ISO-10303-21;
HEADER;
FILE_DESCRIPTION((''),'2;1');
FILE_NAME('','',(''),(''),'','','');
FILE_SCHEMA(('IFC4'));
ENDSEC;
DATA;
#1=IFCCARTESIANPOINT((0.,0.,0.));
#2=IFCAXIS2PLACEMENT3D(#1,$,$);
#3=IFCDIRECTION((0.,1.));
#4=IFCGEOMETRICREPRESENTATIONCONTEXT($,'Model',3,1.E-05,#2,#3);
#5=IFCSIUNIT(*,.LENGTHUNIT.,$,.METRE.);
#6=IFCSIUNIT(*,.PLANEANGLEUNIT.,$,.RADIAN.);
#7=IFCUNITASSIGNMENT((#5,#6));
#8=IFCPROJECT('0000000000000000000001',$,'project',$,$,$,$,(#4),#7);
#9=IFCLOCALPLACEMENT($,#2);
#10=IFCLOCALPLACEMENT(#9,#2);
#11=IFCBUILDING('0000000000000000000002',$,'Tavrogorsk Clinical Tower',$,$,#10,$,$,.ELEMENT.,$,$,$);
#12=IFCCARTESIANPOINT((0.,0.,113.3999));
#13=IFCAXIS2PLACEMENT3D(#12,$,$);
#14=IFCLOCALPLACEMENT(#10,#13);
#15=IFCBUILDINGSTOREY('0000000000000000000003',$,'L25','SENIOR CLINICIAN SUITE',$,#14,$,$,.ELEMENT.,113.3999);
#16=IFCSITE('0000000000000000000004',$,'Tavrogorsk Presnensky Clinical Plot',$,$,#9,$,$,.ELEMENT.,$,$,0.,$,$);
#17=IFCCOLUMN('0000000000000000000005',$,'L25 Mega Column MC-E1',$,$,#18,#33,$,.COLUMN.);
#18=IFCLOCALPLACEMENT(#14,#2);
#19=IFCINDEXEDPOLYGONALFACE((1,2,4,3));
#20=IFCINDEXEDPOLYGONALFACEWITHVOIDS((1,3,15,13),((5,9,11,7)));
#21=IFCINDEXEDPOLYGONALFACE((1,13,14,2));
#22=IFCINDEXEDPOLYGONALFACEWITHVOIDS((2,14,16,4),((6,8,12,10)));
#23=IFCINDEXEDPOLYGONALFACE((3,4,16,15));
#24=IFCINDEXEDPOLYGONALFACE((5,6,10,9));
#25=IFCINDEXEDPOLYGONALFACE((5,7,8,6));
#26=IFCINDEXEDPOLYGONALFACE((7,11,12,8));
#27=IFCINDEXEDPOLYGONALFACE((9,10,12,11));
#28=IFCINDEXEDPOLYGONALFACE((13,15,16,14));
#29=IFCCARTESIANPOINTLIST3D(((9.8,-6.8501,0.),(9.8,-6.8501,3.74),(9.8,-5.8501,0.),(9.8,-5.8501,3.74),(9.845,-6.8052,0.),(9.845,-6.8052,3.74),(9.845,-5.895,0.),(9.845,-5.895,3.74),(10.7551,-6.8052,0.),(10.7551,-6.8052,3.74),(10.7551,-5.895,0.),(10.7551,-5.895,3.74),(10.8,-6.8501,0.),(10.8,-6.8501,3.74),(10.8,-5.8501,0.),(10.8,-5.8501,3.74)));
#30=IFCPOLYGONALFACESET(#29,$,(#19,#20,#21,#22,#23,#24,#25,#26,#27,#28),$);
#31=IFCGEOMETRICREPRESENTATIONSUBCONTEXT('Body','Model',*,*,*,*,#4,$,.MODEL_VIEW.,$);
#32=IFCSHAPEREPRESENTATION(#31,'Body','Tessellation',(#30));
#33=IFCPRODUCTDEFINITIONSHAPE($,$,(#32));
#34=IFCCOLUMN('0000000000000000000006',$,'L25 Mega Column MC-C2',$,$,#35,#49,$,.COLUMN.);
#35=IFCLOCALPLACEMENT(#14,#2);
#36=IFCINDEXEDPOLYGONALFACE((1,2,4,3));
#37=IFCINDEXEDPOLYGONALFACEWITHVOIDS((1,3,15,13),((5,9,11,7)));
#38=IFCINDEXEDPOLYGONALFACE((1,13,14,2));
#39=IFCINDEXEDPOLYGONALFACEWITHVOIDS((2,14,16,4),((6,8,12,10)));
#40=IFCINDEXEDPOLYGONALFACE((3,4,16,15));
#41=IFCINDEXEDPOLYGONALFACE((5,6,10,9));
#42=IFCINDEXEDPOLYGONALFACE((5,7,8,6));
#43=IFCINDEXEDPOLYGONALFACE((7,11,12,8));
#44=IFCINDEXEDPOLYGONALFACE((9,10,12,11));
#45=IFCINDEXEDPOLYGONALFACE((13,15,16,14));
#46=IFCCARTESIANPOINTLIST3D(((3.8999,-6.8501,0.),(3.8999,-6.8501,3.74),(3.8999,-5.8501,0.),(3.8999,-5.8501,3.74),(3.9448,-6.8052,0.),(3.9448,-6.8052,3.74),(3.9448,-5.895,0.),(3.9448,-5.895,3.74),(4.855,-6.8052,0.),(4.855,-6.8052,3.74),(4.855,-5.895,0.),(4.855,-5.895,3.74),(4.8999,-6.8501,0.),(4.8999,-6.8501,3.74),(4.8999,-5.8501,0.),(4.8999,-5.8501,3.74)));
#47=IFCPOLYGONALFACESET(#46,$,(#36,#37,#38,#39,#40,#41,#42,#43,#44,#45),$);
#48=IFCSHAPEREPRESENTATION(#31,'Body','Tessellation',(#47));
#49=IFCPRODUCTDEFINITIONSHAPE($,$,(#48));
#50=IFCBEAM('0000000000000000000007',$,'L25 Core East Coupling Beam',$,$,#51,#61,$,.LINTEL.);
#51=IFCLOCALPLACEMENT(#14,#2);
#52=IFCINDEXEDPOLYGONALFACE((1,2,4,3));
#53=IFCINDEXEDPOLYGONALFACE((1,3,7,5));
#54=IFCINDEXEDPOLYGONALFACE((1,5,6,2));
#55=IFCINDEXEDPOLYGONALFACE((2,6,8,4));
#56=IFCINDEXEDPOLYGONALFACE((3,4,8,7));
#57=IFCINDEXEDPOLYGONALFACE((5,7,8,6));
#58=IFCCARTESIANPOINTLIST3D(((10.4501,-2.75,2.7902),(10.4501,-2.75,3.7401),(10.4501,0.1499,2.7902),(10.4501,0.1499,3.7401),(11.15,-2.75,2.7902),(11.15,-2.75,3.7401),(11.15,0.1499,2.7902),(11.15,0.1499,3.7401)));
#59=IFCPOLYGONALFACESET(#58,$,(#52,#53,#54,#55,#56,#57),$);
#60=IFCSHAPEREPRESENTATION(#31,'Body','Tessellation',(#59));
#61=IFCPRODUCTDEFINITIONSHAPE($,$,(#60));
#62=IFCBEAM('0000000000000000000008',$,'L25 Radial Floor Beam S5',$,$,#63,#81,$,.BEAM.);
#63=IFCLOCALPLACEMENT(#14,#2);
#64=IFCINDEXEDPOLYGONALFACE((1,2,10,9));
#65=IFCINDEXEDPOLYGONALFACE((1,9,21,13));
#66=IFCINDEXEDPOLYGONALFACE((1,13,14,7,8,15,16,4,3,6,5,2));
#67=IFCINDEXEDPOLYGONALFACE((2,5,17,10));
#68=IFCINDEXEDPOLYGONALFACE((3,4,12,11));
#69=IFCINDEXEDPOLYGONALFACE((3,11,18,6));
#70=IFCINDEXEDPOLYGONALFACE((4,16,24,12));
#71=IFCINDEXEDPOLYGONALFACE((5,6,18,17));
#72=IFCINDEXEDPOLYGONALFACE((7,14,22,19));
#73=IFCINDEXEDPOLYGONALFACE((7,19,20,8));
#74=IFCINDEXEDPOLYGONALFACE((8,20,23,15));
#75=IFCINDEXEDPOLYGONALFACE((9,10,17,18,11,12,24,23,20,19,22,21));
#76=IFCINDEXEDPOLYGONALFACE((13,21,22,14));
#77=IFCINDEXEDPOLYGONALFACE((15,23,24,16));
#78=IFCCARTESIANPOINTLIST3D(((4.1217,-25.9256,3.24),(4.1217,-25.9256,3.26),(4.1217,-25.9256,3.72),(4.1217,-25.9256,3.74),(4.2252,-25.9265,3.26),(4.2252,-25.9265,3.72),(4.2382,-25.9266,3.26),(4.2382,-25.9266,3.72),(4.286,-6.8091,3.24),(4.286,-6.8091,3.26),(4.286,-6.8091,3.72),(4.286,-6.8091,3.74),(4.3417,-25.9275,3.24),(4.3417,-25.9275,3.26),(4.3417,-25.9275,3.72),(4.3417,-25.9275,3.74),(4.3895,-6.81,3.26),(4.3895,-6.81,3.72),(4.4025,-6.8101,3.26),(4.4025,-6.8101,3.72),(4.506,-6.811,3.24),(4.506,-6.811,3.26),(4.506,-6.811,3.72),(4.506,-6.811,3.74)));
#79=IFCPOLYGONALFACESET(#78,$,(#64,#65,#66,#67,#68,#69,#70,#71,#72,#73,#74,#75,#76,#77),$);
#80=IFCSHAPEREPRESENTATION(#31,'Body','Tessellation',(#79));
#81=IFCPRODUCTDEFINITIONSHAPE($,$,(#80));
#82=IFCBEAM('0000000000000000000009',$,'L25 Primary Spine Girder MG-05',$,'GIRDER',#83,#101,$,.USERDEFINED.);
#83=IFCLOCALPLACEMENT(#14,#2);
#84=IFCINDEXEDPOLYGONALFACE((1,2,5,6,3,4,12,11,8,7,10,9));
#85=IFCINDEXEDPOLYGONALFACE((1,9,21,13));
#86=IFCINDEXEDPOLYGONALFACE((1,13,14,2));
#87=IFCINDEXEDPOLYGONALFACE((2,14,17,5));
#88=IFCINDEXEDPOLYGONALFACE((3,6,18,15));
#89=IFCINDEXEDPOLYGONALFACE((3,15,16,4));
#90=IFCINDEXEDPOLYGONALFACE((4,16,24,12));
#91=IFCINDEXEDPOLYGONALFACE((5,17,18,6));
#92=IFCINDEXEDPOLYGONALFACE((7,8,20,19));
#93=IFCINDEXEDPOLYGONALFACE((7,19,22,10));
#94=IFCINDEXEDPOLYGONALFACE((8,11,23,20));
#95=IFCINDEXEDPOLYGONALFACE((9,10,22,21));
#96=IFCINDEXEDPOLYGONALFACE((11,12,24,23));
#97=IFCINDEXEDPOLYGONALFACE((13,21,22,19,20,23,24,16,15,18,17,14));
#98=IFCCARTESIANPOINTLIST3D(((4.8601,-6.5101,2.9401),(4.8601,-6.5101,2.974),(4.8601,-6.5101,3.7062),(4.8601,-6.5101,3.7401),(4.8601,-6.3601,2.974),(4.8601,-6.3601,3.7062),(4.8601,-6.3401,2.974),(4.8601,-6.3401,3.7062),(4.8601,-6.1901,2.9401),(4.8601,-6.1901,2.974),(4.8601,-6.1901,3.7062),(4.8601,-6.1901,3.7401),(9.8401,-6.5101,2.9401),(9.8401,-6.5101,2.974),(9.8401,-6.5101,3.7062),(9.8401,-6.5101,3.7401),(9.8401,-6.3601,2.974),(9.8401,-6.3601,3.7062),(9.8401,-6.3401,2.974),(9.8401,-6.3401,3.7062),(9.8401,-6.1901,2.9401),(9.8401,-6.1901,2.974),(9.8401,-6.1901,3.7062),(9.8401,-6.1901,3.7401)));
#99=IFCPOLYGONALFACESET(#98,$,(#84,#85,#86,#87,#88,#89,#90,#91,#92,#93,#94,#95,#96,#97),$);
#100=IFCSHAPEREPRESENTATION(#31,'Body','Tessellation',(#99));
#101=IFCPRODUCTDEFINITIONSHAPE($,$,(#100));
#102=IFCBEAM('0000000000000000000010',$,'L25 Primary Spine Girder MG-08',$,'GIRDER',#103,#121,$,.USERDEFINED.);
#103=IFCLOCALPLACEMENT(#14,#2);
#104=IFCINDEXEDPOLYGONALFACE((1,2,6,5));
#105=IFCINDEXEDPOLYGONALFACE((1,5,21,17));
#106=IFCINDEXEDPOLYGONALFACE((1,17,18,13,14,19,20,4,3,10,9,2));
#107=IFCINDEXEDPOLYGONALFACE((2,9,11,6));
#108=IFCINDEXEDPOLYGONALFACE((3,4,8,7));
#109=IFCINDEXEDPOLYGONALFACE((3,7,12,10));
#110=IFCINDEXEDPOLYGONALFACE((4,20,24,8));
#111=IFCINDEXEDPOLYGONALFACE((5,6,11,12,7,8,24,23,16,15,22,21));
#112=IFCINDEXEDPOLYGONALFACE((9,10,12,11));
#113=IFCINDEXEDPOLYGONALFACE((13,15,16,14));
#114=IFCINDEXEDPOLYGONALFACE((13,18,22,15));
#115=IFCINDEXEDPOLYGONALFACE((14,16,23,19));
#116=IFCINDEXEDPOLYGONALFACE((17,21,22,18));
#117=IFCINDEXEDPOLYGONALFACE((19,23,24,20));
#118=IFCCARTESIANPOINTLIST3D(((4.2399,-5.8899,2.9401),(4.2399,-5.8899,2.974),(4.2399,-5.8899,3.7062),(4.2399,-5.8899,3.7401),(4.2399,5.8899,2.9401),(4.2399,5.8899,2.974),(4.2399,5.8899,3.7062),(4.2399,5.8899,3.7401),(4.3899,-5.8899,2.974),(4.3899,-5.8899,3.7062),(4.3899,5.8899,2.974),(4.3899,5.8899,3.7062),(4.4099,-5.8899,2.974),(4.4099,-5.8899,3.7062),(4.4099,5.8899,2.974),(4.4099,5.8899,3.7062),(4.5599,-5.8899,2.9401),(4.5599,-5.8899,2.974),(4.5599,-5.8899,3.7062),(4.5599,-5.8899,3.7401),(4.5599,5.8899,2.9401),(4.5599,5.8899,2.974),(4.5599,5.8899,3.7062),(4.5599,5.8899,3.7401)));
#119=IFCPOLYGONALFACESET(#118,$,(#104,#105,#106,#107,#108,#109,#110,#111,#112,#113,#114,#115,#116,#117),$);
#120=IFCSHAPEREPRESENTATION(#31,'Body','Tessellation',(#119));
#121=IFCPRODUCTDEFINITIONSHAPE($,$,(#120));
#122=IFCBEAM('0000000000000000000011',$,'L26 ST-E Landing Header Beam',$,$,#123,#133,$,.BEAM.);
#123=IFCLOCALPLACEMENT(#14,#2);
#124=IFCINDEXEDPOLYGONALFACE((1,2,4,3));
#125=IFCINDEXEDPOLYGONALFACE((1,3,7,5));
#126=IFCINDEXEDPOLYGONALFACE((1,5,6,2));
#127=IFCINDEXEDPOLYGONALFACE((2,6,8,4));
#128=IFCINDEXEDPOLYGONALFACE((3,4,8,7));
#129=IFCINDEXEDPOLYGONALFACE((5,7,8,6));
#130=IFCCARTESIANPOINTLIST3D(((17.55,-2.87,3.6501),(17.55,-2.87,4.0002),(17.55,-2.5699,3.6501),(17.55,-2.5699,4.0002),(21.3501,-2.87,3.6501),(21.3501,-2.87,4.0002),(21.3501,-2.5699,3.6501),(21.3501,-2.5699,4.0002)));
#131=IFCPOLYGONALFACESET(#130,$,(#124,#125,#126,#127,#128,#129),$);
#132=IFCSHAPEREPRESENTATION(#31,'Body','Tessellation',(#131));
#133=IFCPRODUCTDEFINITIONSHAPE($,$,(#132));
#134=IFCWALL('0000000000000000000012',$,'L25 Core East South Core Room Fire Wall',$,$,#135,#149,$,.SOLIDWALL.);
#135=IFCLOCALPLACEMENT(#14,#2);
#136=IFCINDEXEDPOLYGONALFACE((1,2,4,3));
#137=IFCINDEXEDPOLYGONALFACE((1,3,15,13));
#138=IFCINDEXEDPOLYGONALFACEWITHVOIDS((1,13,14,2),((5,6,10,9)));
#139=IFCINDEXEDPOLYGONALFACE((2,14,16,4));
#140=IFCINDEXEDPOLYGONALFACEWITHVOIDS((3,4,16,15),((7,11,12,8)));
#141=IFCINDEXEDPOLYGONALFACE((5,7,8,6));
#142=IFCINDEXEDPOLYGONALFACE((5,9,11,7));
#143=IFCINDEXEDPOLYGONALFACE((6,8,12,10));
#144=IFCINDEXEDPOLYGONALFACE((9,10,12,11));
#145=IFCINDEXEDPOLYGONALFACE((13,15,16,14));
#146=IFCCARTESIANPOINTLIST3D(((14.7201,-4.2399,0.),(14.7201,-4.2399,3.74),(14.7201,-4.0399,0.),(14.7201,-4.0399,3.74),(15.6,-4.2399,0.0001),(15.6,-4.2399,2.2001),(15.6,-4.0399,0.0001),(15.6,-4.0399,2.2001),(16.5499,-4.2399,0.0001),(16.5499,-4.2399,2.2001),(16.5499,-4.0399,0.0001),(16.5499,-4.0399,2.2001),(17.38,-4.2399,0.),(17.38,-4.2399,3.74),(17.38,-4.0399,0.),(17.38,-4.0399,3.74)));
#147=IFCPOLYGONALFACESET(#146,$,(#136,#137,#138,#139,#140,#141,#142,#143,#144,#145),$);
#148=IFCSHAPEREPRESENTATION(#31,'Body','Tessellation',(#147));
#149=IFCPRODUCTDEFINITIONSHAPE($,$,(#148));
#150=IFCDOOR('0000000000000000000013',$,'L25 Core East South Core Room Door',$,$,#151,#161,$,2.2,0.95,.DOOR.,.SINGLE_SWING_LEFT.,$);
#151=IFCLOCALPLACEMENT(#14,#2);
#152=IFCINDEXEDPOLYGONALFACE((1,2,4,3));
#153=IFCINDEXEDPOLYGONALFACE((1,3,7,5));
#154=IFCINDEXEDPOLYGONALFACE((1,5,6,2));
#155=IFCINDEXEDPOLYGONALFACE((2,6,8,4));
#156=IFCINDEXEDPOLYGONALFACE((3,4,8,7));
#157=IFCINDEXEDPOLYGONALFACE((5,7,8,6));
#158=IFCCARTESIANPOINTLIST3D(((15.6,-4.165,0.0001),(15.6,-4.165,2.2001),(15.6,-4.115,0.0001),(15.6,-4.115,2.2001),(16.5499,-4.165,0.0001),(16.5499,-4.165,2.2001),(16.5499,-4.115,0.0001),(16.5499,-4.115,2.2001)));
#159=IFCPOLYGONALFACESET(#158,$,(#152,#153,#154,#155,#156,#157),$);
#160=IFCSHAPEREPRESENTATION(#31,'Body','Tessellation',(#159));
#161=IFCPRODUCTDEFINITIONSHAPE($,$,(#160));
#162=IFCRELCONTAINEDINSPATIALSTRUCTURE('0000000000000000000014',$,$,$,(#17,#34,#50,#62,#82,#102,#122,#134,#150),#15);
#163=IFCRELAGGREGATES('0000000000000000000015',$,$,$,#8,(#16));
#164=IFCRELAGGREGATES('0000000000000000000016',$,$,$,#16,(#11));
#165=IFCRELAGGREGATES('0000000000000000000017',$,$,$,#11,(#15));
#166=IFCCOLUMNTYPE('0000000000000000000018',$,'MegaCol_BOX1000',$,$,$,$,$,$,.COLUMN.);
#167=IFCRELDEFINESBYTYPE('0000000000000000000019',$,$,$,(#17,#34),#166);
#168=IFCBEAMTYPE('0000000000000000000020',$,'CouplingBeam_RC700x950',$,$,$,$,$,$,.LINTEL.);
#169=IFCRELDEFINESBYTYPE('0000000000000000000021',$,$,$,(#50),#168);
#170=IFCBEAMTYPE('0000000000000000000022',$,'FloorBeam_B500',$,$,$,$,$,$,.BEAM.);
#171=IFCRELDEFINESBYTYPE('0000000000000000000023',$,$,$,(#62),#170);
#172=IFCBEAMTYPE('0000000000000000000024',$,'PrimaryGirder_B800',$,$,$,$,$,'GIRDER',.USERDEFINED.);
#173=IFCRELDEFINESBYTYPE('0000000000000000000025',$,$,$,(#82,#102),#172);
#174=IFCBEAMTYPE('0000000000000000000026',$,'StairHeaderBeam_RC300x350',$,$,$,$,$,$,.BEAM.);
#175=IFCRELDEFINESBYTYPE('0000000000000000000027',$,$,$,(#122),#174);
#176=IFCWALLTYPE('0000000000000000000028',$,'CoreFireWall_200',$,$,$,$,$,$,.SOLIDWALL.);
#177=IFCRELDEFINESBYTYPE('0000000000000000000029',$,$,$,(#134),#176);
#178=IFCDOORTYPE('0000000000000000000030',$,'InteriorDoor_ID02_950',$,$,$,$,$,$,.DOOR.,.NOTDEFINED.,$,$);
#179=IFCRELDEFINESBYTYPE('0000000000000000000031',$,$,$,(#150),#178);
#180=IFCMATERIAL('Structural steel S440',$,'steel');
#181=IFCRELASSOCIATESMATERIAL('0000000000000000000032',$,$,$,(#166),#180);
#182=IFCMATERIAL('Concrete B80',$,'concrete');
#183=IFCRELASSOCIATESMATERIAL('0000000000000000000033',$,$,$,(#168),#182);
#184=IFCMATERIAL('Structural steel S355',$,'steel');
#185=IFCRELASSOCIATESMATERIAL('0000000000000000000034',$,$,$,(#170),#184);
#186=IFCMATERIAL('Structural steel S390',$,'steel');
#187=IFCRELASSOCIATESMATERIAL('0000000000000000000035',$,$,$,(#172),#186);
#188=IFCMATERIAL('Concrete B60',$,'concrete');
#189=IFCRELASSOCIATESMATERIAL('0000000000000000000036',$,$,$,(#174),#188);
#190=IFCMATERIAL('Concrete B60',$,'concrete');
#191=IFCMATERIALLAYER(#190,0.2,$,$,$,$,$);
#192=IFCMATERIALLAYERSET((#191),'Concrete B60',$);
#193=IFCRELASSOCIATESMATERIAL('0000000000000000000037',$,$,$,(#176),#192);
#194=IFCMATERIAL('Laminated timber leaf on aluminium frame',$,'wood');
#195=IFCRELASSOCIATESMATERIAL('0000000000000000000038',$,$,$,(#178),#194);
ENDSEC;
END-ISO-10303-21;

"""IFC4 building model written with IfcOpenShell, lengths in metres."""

from ifc_helpers import new_model, si_unit, direction, frame, frame_2d, origin, origin_2d, place, context, subcontext, project, spatial, rectangle, hollow_rectangle, i_section, extrude, material, layer, layer_set, material_profile, profile_set, type_object, element, fill, save


model = new_model("IFC4")

# Units and contexts
model_context = context("Model", 3, precision=1e-05, world=origin(), true_north=direction((0.0, 1.0)))
body_context = subcontext(model_context, "Body", "Model", "MODEL_VIEW")
ifc_project = project(units=[si_unit("LENGTHUNIT", "METRE"), si_unit("PLANEANGLEUNIT", "RADIAN")], contexts=[model_context])

# Site, building, storey
site_placement = place(None, origin())
site = spatial("IfcSite", under=ifc_project, at=site_placement, Name="Tavrogorsk Presnensky Clinical Plot", CompositionType="ELEMENT", RefElevation=0.0)
building_placement = place(site_placement, origin())
building = spatial("IfcBuilding", under=site, at=building_placement, Name="Tavrogorsk Clinical Tower", CompositionType="ELEMENT")
storey_placement = place(building_placement, frame((0.0, 0.0, 113.3999)))
storey = spatial("IfcBuildingStorey", under=building, at=storey_placement, Name="L25", Description="SENIOR CLINICIAN SUITE", CompositionType="ELEMENT", Elevation=113.3999)

# Columns
ifc_material_1 = material(Name="Structural steel S440", Category="steel")
ifc_material_profile_1 = material_profile(ifc_material_1, hollow_rectangle(XDim=1.0, YDim=1.0, WallThickness=0.0449, at=origin_2d()), Name="BOX-1000x1000x45")
ifc_profile_set_1 = profile_set([ifc_material_profile_1], Name="Structural steel S440")
column_type = type_object("IfcColumnType", Name="MegaCol_BOX1000", PredefinedType="COLUMN", material=ifc_profile_set_1)
for number, where, z_axis, x_axis, name in (
    (1, (10.3, -6.3501, 0.0), (0.0, 0.0, 1.0), (1.0, 0.0, 0.0), "L25 Mega Column MC-E1"),
    (2, (4.3999, -6.3501, 0.0), (0.0, 0.0, 1.0), (1.0, 0.0, 0.0), "L25 Mega Column MC-C2"),
):
    element("IfcColumn", number, at=place(storey_placement, frame(where, z_axis=z_axis, x_axis=x_axis)), inside=storey, type_object=column_type, Name=name, PredefinedType="COLUMN", context=body_context, shape_type="SweptSolid", body=[
        extrude(hollow_rectangle(XDim=1.0, YDim=1.0, WallThickness=0.0449, at=origin_2d()), origin(), (0.0, 0.0, 1.0), 3.74),
    ])

# Beams
ifc_material_2 = material(Name="Concrete B80", Category="concrete")
ifc_material_profile_2 = material_profile(ifc_material_2, rectangle(XDim=0.7, YDim=0.95, at=origin_2d()), Name="RC-CB-700x950")
ifc_profile_set_2 = profile_set([ifc_material_profile_2], Name="Concrete B80")
beam_type_1 = type_object("IfcBeamType", Name="CouplingBeam_RC700x950", PredefinedType="LINTEL", material=ifc_profile_set_2)
beam_1_placement = place(storey_placement, frame((10.8, -2.75, 3.2651), z_axis=(0.0, 1.0, 0.0), x_axis=(-1.0, 0.0, 0.0)))
element("IfcBeam", 3, at=beam_1_placement, inside=storey, type_object=beam_type_1, Name="L25 Core East Coupling Beam", PredefinedType="LINTEL", context=body_context, shape_type="SweptSolid", body=[
    extrude(rectangle(XDim=0.7, YDim=0.95, at=origin_2d()), origin(), (0.0, 0.0, 1.0), 2.8999),
])
ifc_material_3 = material(Name="Structural steel S355", Category="steel")
ifc_material_profile_3 = material_profile(ifc_material_3, i_section(OverallWidth=0.22, OverallDepth=0.5, WebThickness=0.0129, FlangeThickness=0.02, at=origin_2d()), Name="B-500x220x13x20")
ifc_profile_set_3 = profile_set([ifc_material_profile_3], Name="Structural steel S355")
beam_type_2 = type_object("IfcBeamType", Name="FloorBeam_B500", PredefinedType="BEAM", material=ifc_profile_set_3)
beam_2_placement = place(storey_placement, frame((4.396, -6.8101, 3.49), z_axis=(-0.008595, -0.999963, 0.0), x_axis=(0.999963, -0.008595, 0.0)))
element("IfcBeam", 4, at=beam_2_placement, inside=storey, type_object=beam_type_2, Name="L25 Radial Floor Beam S5", PredefinedType="BEAM", context=body_context, shape_type="SweptSolid", body=[
    extrude(i_section(OverallWidth=0.22, OverallDepth=0.5, WebThickness=0.0129, FlangeThickness=0.02, at=origin_2d()), origin(), (0.0, 0.0, 1.0), 19.1172),
])
ifc_material_4 = material(Name="Structural steel S390", Category="steel")
ifc_material_profile_4 = material_profile(ifc_material_4, i_section(OverallWidth=0.3201, OverallDepth=0.8, WebThickness=0.02, FlangeThickness=0.0339, at=origin_2d()), Name="B-800x320x20x34")
ifc_profile_set_4 = profile_set([ifc_material_profile_4], Name="Structural steel S390")
beam_type_3 = type_object("IfcBeamType", Name="PrimaryGirder_B800", ElementType="GIRDER", PredefinedType="USERDEFINED", material=ifc_profile_set_4)
beam_3_placement = place(storey_placement, frame((4.8601, -6.3501, 3.3401), z_axis=(1.0, 0.0, 0.0), x_axis=(0.0, 1.0, 0.0)))
element("IfcBeam", 5, at=beam_3_placement, inside=storey, type_object=beam_type_3, Name="L25 Primary Spine Girder MG-05", ObjectType="GIRDER", PredefinedType="USERDEFINED", context=body_context, shape_type="SweptSolid", body=[
    extrude(i_section(OverallWidth=0.3201, OverallDepth=0.8, WebThickness=0.02, FlangeThickness=0.0339, at=origin_2d()), origin(), (0.0, 0.0, 1.0), 4.98),
])
beam_4_placement = place(storey_placement, frame((4.3999, -5.8899, 3.3401), z_axis=(0.0, 1.0, 0.0), x_axis=(-1.0, 0.0, 0.0)))
element("IfcBeam", 6, at=beam_4_placement, inside=storey, type_object=beam_type_3, Name="L25 Primary Spine Girder MG-08", ObjectType="GIRDER", PredefinedType="USERDEFINED", context=body_context, shape_type="SweptSolid", body=[
    extrude(i_section(OverallWidth=0.3201, OverallDepth=0.8, WebThickness=0.02, FlangeThickness=0.0339, at=origin_2d()), origin(), (0.0, 0.0, 1.0), 11.7798),
])
ifc_material_5 = material(Name="Concrete B60", Category="concrete")
ifc_material_profile_5 = material_profile(ifc_material_5, rectangle(XDim=0.3, YDim=0.3501, at=origin_2d()), Name="RC-SHB-300x350")
ifc_profile_set_5 = profile_set([ifc_material_profile_5], Name="Concrete B60")
beam_type_4 = type_object("IfcBeamType", Name="StairHeaderBeam_RC300x350", PredefinedType="BEAM", material=ifc_profile_set_5)
beam_5_placement = place(storey_placement, frame((17.55, -2.72, 3.8252), z_axis=(1.0, 0.0, 0.0), x_axis=(0.0, 1.0, 0.0)))
element("IfcBeam", 7, at=beam_5_placement, inside=storey, type_object=beam_type_4, Name="L26 ST-E Landing Header Beam", PredefinedType="BEAM", context=body_context, shape_type="SweptSolid", body=[
    extrude(rectangle(XDim=0.3, YDim=0.3501, at=origin_2d()), origin(), (0.0, 0.0, 1.0), 3.8),
])

# Wall, opening, door
ifc_material_6 = material(Name="Concrete B60", Category="concrete")
ifc_layer_1 = layer(ifc_material_6, 0.2)
ifc_layer_set_1 = layer_set([ifc_layer_1], Name="Concrete B60")
wall_type_1 = type_object("IfcWallType", Name="CoreFireWall_200", PredefinedType="SOLIDWALL", material=ifc_layer_set_1)
wall_1_placement = place(storey_placement, frame((14.72, -4.1399, 0.0), z_axis=(0.0, 0.0, 1.0), x_axis=(1.0, 0.0, 0.0)))
wall_1 = element("IfcWall", 8, at=wall_1_placement, inside=storey, type_object=wall_type_1, Name="L25 Core East South Core Room Fire Wall", PredefinedType="SOLIDWALL", context=body_context, shape_type="SweptSolid", body=[
    extrude(rectangle(XDim=2.6599, YDim=0.2, at=frame_2d((1.3301, 0.0))), origin(), (0.0, 0.0, 1.0), 3.74),
])
opening_1_placement = place(wall_1_placement, frame((0.8799, 0.0, 0.0)))
opening_1 = element("IfcOpeningElement", 9, at=opening_1_placement, cuts=wall_1, PredefinedType="OPENING", context=body_context, shape_type="SweptSolid", body=[
    extrude(rectangle(XDim=0.95, YDim=2.2, at=frame_2d((0.4751, 1.1001))), frame((0.0, 0.1099, 0.0), z_axis=(0.0, -1.0, 0.0), x_axis=(1.0, 0.0, 0.0)), (0.0, 0.0, 1.0), 0.22),
])
ifc_material_7 = material(Name="Laminated timber leaf on aluminium frame", Category="wood")
door_type_1 = type_object("IfcDoorType", Name="InteriorDoor_ID02_950", OperationType="NOTDEFINED", PredefinedType="DOOR", material=ifc_material_7)
door_1_placement = place(opening_1_placement, origin())
door_1 = element("IfcDoor", 10, at=door_1_placement, inside=storey, type_object=door_type_1, Name="L25 Core East South Core Room Door", OperationType="SINGLE_SWING_LEFT", OverallHeight=2.2, OverallWidth=0.95, PredefinedType="DOOR", context=body_context, shape_type="SweptSolid", body=[
    extrude(rectangle(XDim=0.95, YDim=2.2, at=frame_2d((0.4751, 1.1001))), frame((0.0, 0.0249, 0.0), z_axis=(0.0, -1.0, 0.0), x_axis=(1.0, 0.0, 0.0)), (0.0, 0.0, 1.0), 0.05),
])
fill(opening_1, door_1)

save(model, "model.ifc")
